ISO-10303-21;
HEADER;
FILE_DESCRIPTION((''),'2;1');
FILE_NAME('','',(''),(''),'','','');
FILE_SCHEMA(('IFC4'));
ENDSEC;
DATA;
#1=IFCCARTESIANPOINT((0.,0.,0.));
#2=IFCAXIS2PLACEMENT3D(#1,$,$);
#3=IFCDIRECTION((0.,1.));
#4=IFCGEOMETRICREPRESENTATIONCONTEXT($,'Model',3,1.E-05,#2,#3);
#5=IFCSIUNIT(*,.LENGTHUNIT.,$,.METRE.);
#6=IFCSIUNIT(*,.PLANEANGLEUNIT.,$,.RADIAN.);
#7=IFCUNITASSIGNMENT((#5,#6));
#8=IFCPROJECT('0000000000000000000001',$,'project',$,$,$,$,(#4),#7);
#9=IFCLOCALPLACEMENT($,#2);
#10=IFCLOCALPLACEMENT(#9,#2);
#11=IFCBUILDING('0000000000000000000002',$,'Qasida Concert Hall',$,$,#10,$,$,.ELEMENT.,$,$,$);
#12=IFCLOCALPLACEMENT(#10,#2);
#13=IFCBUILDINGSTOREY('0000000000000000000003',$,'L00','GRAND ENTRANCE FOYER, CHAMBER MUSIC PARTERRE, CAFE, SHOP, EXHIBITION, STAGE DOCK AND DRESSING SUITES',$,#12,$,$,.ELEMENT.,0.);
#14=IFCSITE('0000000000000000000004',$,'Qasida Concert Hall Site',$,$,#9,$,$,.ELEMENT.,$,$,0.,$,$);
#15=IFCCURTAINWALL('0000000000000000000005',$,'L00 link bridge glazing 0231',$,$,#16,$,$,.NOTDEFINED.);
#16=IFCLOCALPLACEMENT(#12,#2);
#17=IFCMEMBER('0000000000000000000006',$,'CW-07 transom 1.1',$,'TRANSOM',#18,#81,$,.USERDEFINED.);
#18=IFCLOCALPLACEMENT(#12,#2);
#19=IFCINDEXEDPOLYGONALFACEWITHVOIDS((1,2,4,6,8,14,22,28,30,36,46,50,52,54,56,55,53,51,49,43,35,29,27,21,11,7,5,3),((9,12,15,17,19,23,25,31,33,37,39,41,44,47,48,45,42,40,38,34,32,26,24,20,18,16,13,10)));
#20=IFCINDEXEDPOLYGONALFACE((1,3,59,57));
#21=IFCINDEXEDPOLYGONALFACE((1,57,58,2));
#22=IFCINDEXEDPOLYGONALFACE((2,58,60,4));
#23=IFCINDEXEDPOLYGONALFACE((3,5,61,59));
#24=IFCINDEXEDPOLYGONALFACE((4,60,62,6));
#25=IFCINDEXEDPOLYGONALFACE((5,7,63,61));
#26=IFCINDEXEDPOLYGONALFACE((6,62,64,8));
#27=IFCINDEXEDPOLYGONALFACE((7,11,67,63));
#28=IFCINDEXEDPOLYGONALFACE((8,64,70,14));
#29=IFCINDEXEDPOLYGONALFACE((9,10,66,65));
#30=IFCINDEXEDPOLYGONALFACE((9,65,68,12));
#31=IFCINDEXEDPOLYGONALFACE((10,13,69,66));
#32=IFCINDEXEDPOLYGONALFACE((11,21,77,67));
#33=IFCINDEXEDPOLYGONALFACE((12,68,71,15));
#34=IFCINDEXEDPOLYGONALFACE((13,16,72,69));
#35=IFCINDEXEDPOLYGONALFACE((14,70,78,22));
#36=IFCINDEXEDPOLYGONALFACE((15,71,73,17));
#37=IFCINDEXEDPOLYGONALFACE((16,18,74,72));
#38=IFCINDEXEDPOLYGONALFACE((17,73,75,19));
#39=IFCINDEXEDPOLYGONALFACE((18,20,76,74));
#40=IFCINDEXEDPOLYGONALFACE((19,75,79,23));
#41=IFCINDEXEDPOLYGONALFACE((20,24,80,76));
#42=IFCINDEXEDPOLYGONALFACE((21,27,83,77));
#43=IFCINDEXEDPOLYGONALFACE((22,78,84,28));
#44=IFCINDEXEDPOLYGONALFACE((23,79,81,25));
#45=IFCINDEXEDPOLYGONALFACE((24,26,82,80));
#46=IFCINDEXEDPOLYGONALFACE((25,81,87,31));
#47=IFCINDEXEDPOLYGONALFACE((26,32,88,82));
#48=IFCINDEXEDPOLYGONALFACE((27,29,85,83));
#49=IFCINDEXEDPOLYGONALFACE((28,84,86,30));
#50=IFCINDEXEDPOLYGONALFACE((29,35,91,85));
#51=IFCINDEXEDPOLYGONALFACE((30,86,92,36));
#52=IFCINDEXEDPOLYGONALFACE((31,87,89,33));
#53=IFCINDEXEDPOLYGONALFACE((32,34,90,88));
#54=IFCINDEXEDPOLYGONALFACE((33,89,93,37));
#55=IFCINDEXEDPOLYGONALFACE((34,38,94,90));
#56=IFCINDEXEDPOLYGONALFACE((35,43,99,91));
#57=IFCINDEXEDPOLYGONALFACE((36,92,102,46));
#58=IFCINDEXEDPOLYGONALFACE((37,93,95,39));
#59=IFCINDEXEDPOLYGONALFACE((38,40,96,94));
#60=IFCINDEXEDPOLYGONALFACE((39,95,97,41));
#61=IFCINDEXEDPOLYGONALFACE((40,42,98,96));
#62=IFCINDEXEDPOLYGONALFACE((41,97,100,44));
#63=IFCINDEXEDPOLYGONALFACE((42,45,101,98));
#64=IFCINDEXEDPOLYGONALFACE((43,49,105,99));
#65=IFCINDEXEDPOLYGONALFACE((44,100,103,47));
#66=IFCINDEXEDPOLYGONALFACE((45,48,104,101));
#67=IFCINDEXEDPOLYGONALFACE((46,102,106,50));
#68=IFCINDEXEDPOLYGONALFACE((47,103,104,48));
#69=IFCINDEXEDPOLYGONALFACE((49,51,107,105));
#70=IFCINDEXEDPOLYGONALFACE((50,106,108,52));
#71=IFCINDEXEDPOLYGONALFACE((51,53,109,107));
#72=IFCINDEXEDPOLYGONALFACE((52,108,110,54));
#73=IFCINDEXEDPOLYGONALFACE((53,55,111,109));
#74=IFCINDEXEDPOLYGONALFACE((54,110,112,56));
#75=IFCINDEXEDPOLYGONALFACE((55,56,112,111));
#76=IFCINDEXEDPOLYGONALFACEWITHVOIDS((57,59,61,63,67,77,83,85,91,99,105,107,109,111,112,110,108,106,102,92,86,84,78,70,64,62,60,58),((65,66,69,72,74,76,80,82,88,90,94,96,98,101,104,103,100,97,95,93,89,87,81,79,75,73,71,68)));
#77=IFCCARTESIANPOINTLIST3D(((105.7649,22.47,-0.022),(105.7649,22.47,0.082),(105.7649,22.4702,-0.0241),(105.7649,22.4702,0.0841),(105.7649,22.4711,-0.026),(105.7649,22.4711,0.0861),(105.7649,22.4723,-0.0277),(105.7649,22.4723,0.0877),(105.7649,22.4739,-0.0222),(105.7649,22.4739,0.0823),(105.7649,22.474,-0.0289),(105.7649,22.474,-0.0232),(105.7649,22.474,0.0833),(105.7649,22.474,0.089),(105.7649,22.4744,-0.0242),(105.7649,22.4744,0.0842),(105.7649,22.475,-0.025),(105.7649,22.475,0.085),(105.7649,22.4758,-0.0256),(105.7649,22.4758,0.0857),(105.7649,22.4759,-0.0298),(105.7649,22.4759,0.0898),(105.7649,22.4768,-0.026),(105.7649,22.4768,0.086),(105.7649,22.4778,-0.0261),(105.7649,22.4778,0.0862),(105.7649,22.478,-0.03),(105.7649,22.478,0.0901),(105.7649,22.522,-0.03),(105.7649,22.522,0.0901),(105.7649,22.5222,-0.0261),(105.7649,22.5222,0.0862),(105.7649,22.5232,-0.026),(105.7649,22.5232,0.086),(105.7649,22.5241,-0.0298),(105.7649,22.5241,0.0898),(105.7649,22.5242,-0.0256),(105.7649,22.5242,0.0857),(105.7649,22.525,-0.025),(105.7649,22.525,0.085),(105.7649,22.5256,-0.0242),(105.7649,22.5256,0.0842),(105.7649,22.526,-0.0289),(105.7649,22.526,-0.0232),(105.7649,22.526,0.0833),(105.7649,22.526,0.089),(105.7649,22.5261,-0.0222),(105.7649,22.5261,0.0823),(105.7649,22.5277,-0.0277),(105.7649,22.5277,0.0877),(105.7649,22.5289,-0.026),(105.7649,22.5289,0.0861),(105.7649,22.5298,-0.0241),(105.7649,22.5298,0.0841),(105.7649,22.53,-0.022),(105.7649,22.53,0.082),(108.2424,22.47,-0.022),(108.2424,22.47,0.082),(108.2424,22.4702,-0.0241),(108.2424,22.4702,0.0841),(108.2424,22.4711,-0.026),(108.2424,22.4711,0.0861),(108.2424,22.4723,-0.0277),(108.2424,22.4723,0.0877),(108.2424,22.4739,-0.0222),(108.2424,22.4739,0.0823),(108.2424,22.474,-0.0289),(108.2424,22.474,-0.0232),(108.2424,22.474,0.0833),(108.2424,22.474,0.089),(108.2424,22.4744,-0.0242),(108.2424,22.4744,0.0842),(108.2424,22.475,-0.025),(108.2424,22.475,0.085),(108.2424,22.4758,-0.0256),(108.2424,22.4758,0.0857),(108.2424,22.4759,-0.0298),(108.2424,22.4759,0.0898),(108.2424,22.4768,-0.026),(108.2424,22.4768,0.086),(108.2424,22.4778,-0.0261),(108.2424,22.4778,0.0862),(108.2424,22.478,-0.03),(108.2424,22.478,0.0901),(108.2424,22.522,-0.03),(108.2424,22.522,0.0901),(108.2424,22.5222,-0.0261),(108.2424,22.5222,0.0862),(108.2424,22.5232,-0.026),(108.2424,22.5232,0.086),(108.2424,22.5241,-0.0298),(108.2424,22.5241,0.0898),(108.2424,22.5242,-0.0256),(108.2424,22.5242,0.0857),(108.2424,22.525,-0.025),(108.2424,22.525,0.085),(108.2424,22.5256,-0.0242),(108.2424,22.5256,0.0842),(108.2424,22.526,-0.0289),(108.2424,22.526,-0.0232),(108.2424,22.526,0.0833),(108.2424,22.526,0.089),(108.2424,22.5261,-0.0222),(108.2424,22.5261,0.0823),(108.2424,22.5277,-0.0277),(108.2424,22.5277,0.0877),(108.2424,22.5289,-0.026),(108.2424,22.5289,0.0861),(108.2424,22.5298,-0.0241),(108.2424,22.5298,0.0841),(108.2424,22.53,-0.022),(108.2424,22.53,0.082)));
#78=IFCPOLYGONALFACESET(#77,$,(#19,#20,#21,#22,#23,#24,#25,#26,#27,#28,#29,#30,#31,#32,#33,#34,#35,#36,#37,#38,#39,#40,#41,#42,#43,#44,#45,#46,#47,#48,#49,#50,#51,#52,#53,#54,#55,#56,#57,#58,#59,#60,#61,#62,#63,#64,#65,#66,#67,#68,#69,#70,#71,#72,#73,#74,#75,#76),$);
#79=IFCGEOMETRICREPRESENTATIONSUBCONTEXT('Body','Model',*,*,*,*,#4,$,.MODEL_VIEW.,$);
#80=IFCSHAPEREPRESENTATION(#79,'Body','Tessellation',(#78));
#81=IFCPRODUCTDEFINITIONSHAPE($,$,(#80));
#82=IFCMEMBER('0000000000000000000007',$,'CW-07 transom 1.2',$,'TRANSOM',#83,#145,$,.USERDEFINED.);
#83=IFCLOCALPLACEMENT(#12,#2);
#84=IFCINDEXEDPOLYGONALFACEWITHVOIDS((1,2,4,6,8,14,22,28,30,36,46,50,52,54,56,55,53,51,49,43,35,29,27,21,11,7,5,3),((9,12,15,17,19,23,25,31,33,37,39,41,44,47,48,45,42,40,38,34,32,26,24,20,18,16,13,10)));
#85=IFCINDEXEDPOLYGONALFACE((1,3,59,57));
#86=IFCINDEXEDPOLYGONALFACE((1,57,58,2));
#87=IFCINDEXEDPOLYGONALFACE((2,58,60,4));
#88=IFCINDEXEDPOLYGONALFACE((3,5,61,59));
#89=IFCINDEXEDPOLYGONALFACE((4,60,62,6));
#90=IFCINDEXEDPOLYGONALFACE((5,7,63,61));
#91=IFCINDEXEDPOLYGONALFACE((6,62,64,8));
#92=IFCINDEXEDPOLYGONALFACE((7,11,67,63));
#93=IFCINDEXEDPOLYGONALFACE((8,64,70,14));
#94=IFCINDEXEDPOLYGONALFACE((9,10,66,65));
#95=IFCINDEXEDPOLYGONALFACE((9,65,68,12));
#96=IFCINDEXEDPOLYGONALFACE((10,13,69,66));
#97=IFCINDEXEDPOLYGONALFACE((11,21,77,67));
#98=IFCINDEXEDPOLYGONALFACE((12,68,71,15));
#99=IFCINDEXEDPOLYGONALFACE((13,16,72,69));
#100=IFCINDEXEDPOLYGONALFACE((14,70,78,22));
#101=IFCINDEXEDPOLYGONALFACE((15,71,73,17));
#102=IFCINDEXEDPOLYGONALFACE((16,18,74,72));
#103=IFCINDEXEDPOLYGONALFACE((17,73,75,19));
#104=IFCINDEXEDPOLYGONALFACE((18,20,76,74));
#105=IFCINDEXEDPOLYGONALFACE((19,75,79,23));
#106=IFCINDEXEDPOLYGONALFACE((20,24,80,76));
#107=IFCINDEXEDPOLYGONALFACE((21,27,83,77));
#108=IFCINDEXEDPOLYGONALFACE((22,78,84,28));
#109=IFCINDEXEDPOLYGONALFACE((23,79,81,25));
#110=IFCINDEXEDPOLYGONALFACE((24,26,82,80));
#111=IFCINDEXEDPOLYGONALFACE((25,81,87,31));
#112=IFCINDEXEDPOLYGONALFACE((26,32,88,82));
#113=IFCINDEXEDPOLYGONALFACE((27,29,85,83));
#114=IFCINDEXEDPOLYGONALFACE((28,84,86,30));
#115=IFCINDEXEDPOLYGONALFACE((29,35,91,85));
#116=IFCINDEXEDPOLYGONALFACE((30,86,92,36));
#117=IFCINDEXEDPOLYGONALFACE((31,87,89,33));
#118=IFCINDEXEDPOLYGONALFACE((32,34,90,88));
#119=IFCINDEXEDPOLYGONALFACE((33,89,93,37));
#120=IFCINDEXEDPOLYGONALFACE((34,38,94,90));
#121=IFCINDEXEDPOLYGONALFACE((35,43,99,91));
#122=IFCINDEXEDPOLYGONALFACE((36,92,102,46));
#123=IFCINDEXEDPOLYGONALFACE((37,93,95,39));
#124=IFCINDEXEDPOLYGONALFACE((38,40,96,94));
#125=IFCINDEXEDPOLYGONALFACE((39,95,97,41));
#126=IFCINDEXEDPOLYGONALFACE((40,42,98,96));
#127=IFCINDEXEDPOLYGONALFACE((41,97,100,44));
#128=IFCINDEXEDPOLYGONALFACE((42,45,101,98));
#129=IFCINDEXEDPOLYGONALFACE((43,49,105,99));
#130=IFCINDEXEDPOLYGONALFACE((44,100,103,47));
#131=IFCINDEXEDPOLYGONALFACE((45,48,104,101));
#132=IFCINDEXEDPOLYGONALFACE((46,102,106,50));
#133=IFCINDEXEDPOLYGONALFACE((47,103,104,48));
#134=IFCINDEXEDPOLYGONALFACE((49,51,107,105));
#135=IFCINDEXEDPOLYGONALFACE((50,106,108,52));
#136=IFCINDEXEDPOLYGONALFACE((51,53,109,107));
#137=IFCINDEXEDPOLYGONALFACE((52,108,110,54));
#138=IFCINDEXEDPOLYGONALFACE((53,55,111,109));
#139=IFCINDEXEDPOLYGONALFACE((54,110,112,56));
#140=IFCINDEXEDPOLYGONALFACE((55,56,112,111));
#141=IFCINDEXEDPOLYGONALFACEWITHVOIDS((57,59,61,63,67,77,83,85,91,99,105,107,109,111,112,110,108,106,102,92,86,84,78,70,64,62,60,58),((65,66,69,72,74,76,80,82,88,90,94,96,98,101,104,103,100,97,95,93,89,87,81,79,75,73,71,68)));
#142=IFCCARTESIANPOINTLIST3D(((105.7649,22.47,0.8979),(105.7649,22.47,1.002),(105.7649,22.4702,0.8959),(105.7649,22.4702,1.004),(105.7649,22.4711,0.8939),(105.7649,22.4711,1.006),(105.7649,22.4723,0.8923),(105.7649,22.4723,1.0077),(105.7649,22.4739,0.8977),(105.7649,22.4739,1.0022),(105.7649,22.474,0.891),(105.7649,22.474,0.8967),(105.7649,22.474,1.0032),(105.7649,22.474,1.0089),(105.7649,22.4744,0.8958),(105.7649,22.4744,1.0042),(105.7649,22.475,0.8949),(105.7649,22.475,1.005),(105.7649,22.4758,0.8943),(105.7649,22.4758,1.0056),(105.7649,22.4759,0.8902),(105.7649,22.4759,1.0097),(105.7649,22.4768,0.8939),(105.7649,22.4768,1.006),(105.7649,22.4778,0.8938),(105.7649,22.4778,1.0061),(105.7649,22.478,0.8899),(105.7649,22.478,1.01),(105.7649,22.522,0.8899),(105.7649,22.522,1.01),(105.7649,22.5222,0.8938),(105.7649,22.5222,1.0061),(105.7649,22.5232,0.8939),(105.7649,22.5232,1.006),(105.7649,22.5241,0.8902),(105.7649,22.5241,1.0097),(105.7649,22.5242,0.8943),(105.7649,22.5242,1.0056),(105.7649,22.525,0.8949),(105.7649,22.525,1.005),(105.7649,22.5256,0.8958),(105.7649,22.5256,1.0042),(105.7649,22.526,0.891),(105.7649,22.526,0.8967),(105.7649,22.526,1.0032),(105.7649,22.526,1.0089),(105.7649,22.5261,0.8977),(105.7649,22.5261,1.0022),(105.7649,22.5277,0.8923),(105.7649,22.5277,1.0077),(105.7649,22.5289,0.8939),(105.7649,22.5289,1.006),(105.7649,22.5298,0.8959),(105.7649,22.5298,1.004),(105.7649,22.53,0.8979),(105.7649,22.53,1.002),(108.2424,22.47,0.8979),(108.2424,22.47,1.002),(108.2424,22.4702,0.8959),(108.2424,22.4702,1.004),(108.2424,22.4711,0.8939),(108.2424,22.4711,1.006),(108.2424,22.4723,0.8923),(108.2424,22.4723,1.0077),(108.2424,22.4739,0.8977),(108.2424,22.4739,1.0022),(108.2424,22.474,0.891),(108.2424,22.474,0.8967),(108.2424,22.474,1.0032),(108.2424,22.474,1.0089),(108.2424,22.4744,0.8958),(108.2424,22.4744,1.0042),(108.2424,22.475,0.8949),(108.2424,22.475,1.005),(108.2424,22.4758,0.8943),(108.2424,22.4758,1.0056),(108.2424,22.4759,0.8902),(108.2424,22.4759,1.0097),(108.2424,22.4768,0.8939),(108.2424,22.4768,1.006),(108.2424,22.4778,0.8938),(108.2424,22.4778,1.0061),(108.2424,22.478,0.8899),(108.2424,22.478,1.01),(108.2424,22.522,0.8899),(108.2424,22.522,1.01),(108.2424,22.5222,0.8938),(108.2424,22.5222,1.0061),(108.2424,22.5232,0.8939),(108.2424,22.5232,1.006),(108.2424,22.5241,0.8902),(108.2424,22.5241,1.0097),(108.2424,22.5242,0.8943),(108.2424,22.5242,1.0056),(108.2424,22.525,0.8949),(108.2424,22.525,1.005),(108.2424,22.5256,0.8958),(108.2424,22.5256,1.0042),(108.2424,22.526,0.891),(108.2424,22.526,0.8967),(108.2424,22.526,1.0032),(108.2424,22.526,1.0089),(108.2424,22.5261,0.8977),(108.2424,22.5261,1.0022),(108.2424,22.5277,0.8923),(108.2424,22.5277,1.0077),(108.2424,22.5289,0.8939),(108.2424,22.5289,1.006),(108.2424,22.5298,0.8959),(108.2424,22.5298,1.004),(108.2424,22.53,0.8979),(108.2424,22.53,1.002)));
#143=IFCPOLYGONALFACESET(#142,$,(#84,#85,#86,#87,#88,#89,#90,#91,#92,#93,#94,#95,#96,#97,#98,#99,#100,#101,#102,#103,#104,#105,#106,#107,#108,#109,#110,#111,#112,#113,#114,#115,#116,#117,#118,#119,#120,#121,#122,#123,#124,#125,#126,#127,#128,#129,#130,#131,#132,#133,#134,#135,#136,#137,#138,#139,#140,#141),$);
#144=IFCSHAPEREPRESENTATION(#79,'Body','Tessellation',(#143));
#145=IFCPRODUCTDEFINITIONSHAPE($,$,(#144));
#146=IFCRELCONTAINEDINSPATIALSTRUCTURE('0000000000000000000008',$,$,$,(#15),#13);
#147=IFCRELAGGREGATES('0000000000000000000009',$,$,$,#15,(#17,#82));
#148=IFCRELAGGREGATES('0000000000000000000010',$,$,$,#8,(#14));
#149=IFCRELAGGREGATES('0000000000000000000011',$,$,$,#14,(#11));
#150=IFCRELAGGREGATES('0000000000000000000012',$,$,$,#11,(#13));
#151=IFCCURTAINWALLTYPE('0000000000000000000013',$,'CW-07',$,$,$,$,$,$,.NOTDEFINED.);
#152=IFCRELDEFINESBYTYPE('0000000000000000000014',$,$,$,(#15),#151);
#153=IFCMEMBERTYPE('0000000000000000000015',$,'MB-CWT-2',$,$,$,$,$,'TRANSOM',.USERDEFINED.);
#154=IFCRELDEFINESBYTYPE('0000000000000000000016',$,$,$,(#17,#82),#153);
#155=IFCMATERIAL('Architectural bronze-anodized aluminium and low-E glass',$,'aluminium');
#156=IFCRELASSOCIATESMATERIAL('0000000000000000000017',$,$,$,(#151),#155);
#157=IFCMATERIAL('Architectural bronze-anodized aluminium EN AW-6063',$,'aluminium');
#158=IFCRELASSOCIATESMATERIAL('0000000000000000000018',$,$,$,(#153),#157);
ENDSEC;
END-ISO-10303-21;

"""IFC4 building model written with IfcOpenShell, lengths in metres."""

from ifc_helpers import new_model, si_unit, direction, frame, origin, origin_2d, place, context, subcontext, project, spatial, hollow_rectangle, extrude, material, material_profile, profile_set, type_object, element, aggregate, save


model = new_model("IFC4")

# Units and contexts
model_context = context("Model", 3, precision=1e-05, world=origin(), true_north=direction((0.0, 1.0)))
body_context = subcontext(model_context, "Body", "Model", "MODEL_VIEW")
ifc_project = project(units=[si_unit("LENGTHUNIT", "METRE"), si_unit("PLANEANGLEUNIT", "RADIAN")], contexts=[model_context])

# Site, building, storey
site_placement = place(None, origin())
site = spatial("IfcSite", under=ifc_project, at=site_placement, Name="Qasida Concert Hall Site", CompositionType="ELEMENT", RefElevation=0.0)
building_placement = place(site_placement, origin())
building = spatial("IfcBuilding", under=site, at=building_placement, Name="Qasida Concert Hall", CompositionType="ELEMENT")
storey_placement = place(building_placement, origin())
storey = spatial("IfcBuildingStorey", under=building, at=storey_placement, Name="L00", Description="GRAND ENTRANCE FOYER, CHAMBER MUSIC PARTERRE, CAFE, SHOP, EXHIBITION, STAGE DOCK AND DRESSING SUITES", CompositionType="ELEMENT", Elevation=0.0)

# Curtain wall, members
ifc_material_1 = material(Name="Architectural bronze-anodized aluminium and low-E glass", Category="aluminium")
curtain_wall_type = type_object("IfcCurtainWallType", Name="CW-07", PredefinedType="NOTDEFINED", material=ifc_material_1)
curtain_wall_1_placement = place(storey_placement, origin())
curtain_wall_1 = element("IfcCurtainWall", 1, at=curtain_wall_1_placement, inside=storey, type_object=curtain_wall_type, Name="L00 link bridge glazing 0231", PredefinedType="NOTDEFINED")
ifc_material_2 = material(Name="Architectural bronze-anodized aluminium EN AW-6063", Category="aluminium")
ifc_material_profile_1 = material_profile(ifc_material_2, hollow_rectangle(XDim=0.0601, YDim=0.1201, WallThickness=0.0039, InnerFilletRadius=0.0039, OuterFilletRadius=0.0081, at=origin_2d()), Name="CWT 120x60x4")
ifc_profile_set_1 = profile_set([ifc_material_profile_1], Name="Architectural bronze-anodized aluminium EN AW-6063")
member_type_1 = type_object("IfcMemberType", Name="MB-CWT-2", ElementType="TRANSOM", PredefinedType="USERDEFINED", material=ifc_profile_set_1)
member_1_placement = place(storey_placement, frame((105.7649, 22.5, 0.03), z_axis=(1.0, 0.0, 0.0), x_axis=(0.0, 1.0, 0.0)))
member_1 = element("IfcMember", 2, at=member_1_placement, type_object=member_type_1, Name="CW-07 transom 1.1", ObjectType="TRANSOM", PredefinedType="USERDEFINED", context=body_context, shape_type="SweptSolid", body=[
    extrude(hollow_rectangle(XDim=0.0601, YDim=0.1201, WallThickness=0.0039, InnerFilletRadius=0.0039, OuterFilletRadius=0.0081, at=origin_2d()), origin(), (0.0, 0.0, 1.0), 2.4775),
])
member_2_placement = place(storey_placement, frame((105.7649, 22.5, 0.95), z_axis=(1.0, 0.0, 0.0), x_axis=(0.0, 1.0, 0.0)))
member_2 = element("IfcMember", 3, at=member_2_placement, type_object=member_type_1, Name="CW-07 transom 1.2", ObjectType="TRANSOM", PredefinedType="USERDEFINED", context=body_context, shape_type="SweptSolid", body=[
    extrude(hollow_rectangle(XDim=0.0601, YDim=0.1201, WallThickness=0.0039, InnerFilletRadius=0.0039, OuterFilletRadius=0.0081, at=origin_2d()), origin(), (0.0, 0.0, 1.0), 2.4775),
])

aggregate(curtain_wall_1, [member_1, member_2])

save(model, "model.ifc")
